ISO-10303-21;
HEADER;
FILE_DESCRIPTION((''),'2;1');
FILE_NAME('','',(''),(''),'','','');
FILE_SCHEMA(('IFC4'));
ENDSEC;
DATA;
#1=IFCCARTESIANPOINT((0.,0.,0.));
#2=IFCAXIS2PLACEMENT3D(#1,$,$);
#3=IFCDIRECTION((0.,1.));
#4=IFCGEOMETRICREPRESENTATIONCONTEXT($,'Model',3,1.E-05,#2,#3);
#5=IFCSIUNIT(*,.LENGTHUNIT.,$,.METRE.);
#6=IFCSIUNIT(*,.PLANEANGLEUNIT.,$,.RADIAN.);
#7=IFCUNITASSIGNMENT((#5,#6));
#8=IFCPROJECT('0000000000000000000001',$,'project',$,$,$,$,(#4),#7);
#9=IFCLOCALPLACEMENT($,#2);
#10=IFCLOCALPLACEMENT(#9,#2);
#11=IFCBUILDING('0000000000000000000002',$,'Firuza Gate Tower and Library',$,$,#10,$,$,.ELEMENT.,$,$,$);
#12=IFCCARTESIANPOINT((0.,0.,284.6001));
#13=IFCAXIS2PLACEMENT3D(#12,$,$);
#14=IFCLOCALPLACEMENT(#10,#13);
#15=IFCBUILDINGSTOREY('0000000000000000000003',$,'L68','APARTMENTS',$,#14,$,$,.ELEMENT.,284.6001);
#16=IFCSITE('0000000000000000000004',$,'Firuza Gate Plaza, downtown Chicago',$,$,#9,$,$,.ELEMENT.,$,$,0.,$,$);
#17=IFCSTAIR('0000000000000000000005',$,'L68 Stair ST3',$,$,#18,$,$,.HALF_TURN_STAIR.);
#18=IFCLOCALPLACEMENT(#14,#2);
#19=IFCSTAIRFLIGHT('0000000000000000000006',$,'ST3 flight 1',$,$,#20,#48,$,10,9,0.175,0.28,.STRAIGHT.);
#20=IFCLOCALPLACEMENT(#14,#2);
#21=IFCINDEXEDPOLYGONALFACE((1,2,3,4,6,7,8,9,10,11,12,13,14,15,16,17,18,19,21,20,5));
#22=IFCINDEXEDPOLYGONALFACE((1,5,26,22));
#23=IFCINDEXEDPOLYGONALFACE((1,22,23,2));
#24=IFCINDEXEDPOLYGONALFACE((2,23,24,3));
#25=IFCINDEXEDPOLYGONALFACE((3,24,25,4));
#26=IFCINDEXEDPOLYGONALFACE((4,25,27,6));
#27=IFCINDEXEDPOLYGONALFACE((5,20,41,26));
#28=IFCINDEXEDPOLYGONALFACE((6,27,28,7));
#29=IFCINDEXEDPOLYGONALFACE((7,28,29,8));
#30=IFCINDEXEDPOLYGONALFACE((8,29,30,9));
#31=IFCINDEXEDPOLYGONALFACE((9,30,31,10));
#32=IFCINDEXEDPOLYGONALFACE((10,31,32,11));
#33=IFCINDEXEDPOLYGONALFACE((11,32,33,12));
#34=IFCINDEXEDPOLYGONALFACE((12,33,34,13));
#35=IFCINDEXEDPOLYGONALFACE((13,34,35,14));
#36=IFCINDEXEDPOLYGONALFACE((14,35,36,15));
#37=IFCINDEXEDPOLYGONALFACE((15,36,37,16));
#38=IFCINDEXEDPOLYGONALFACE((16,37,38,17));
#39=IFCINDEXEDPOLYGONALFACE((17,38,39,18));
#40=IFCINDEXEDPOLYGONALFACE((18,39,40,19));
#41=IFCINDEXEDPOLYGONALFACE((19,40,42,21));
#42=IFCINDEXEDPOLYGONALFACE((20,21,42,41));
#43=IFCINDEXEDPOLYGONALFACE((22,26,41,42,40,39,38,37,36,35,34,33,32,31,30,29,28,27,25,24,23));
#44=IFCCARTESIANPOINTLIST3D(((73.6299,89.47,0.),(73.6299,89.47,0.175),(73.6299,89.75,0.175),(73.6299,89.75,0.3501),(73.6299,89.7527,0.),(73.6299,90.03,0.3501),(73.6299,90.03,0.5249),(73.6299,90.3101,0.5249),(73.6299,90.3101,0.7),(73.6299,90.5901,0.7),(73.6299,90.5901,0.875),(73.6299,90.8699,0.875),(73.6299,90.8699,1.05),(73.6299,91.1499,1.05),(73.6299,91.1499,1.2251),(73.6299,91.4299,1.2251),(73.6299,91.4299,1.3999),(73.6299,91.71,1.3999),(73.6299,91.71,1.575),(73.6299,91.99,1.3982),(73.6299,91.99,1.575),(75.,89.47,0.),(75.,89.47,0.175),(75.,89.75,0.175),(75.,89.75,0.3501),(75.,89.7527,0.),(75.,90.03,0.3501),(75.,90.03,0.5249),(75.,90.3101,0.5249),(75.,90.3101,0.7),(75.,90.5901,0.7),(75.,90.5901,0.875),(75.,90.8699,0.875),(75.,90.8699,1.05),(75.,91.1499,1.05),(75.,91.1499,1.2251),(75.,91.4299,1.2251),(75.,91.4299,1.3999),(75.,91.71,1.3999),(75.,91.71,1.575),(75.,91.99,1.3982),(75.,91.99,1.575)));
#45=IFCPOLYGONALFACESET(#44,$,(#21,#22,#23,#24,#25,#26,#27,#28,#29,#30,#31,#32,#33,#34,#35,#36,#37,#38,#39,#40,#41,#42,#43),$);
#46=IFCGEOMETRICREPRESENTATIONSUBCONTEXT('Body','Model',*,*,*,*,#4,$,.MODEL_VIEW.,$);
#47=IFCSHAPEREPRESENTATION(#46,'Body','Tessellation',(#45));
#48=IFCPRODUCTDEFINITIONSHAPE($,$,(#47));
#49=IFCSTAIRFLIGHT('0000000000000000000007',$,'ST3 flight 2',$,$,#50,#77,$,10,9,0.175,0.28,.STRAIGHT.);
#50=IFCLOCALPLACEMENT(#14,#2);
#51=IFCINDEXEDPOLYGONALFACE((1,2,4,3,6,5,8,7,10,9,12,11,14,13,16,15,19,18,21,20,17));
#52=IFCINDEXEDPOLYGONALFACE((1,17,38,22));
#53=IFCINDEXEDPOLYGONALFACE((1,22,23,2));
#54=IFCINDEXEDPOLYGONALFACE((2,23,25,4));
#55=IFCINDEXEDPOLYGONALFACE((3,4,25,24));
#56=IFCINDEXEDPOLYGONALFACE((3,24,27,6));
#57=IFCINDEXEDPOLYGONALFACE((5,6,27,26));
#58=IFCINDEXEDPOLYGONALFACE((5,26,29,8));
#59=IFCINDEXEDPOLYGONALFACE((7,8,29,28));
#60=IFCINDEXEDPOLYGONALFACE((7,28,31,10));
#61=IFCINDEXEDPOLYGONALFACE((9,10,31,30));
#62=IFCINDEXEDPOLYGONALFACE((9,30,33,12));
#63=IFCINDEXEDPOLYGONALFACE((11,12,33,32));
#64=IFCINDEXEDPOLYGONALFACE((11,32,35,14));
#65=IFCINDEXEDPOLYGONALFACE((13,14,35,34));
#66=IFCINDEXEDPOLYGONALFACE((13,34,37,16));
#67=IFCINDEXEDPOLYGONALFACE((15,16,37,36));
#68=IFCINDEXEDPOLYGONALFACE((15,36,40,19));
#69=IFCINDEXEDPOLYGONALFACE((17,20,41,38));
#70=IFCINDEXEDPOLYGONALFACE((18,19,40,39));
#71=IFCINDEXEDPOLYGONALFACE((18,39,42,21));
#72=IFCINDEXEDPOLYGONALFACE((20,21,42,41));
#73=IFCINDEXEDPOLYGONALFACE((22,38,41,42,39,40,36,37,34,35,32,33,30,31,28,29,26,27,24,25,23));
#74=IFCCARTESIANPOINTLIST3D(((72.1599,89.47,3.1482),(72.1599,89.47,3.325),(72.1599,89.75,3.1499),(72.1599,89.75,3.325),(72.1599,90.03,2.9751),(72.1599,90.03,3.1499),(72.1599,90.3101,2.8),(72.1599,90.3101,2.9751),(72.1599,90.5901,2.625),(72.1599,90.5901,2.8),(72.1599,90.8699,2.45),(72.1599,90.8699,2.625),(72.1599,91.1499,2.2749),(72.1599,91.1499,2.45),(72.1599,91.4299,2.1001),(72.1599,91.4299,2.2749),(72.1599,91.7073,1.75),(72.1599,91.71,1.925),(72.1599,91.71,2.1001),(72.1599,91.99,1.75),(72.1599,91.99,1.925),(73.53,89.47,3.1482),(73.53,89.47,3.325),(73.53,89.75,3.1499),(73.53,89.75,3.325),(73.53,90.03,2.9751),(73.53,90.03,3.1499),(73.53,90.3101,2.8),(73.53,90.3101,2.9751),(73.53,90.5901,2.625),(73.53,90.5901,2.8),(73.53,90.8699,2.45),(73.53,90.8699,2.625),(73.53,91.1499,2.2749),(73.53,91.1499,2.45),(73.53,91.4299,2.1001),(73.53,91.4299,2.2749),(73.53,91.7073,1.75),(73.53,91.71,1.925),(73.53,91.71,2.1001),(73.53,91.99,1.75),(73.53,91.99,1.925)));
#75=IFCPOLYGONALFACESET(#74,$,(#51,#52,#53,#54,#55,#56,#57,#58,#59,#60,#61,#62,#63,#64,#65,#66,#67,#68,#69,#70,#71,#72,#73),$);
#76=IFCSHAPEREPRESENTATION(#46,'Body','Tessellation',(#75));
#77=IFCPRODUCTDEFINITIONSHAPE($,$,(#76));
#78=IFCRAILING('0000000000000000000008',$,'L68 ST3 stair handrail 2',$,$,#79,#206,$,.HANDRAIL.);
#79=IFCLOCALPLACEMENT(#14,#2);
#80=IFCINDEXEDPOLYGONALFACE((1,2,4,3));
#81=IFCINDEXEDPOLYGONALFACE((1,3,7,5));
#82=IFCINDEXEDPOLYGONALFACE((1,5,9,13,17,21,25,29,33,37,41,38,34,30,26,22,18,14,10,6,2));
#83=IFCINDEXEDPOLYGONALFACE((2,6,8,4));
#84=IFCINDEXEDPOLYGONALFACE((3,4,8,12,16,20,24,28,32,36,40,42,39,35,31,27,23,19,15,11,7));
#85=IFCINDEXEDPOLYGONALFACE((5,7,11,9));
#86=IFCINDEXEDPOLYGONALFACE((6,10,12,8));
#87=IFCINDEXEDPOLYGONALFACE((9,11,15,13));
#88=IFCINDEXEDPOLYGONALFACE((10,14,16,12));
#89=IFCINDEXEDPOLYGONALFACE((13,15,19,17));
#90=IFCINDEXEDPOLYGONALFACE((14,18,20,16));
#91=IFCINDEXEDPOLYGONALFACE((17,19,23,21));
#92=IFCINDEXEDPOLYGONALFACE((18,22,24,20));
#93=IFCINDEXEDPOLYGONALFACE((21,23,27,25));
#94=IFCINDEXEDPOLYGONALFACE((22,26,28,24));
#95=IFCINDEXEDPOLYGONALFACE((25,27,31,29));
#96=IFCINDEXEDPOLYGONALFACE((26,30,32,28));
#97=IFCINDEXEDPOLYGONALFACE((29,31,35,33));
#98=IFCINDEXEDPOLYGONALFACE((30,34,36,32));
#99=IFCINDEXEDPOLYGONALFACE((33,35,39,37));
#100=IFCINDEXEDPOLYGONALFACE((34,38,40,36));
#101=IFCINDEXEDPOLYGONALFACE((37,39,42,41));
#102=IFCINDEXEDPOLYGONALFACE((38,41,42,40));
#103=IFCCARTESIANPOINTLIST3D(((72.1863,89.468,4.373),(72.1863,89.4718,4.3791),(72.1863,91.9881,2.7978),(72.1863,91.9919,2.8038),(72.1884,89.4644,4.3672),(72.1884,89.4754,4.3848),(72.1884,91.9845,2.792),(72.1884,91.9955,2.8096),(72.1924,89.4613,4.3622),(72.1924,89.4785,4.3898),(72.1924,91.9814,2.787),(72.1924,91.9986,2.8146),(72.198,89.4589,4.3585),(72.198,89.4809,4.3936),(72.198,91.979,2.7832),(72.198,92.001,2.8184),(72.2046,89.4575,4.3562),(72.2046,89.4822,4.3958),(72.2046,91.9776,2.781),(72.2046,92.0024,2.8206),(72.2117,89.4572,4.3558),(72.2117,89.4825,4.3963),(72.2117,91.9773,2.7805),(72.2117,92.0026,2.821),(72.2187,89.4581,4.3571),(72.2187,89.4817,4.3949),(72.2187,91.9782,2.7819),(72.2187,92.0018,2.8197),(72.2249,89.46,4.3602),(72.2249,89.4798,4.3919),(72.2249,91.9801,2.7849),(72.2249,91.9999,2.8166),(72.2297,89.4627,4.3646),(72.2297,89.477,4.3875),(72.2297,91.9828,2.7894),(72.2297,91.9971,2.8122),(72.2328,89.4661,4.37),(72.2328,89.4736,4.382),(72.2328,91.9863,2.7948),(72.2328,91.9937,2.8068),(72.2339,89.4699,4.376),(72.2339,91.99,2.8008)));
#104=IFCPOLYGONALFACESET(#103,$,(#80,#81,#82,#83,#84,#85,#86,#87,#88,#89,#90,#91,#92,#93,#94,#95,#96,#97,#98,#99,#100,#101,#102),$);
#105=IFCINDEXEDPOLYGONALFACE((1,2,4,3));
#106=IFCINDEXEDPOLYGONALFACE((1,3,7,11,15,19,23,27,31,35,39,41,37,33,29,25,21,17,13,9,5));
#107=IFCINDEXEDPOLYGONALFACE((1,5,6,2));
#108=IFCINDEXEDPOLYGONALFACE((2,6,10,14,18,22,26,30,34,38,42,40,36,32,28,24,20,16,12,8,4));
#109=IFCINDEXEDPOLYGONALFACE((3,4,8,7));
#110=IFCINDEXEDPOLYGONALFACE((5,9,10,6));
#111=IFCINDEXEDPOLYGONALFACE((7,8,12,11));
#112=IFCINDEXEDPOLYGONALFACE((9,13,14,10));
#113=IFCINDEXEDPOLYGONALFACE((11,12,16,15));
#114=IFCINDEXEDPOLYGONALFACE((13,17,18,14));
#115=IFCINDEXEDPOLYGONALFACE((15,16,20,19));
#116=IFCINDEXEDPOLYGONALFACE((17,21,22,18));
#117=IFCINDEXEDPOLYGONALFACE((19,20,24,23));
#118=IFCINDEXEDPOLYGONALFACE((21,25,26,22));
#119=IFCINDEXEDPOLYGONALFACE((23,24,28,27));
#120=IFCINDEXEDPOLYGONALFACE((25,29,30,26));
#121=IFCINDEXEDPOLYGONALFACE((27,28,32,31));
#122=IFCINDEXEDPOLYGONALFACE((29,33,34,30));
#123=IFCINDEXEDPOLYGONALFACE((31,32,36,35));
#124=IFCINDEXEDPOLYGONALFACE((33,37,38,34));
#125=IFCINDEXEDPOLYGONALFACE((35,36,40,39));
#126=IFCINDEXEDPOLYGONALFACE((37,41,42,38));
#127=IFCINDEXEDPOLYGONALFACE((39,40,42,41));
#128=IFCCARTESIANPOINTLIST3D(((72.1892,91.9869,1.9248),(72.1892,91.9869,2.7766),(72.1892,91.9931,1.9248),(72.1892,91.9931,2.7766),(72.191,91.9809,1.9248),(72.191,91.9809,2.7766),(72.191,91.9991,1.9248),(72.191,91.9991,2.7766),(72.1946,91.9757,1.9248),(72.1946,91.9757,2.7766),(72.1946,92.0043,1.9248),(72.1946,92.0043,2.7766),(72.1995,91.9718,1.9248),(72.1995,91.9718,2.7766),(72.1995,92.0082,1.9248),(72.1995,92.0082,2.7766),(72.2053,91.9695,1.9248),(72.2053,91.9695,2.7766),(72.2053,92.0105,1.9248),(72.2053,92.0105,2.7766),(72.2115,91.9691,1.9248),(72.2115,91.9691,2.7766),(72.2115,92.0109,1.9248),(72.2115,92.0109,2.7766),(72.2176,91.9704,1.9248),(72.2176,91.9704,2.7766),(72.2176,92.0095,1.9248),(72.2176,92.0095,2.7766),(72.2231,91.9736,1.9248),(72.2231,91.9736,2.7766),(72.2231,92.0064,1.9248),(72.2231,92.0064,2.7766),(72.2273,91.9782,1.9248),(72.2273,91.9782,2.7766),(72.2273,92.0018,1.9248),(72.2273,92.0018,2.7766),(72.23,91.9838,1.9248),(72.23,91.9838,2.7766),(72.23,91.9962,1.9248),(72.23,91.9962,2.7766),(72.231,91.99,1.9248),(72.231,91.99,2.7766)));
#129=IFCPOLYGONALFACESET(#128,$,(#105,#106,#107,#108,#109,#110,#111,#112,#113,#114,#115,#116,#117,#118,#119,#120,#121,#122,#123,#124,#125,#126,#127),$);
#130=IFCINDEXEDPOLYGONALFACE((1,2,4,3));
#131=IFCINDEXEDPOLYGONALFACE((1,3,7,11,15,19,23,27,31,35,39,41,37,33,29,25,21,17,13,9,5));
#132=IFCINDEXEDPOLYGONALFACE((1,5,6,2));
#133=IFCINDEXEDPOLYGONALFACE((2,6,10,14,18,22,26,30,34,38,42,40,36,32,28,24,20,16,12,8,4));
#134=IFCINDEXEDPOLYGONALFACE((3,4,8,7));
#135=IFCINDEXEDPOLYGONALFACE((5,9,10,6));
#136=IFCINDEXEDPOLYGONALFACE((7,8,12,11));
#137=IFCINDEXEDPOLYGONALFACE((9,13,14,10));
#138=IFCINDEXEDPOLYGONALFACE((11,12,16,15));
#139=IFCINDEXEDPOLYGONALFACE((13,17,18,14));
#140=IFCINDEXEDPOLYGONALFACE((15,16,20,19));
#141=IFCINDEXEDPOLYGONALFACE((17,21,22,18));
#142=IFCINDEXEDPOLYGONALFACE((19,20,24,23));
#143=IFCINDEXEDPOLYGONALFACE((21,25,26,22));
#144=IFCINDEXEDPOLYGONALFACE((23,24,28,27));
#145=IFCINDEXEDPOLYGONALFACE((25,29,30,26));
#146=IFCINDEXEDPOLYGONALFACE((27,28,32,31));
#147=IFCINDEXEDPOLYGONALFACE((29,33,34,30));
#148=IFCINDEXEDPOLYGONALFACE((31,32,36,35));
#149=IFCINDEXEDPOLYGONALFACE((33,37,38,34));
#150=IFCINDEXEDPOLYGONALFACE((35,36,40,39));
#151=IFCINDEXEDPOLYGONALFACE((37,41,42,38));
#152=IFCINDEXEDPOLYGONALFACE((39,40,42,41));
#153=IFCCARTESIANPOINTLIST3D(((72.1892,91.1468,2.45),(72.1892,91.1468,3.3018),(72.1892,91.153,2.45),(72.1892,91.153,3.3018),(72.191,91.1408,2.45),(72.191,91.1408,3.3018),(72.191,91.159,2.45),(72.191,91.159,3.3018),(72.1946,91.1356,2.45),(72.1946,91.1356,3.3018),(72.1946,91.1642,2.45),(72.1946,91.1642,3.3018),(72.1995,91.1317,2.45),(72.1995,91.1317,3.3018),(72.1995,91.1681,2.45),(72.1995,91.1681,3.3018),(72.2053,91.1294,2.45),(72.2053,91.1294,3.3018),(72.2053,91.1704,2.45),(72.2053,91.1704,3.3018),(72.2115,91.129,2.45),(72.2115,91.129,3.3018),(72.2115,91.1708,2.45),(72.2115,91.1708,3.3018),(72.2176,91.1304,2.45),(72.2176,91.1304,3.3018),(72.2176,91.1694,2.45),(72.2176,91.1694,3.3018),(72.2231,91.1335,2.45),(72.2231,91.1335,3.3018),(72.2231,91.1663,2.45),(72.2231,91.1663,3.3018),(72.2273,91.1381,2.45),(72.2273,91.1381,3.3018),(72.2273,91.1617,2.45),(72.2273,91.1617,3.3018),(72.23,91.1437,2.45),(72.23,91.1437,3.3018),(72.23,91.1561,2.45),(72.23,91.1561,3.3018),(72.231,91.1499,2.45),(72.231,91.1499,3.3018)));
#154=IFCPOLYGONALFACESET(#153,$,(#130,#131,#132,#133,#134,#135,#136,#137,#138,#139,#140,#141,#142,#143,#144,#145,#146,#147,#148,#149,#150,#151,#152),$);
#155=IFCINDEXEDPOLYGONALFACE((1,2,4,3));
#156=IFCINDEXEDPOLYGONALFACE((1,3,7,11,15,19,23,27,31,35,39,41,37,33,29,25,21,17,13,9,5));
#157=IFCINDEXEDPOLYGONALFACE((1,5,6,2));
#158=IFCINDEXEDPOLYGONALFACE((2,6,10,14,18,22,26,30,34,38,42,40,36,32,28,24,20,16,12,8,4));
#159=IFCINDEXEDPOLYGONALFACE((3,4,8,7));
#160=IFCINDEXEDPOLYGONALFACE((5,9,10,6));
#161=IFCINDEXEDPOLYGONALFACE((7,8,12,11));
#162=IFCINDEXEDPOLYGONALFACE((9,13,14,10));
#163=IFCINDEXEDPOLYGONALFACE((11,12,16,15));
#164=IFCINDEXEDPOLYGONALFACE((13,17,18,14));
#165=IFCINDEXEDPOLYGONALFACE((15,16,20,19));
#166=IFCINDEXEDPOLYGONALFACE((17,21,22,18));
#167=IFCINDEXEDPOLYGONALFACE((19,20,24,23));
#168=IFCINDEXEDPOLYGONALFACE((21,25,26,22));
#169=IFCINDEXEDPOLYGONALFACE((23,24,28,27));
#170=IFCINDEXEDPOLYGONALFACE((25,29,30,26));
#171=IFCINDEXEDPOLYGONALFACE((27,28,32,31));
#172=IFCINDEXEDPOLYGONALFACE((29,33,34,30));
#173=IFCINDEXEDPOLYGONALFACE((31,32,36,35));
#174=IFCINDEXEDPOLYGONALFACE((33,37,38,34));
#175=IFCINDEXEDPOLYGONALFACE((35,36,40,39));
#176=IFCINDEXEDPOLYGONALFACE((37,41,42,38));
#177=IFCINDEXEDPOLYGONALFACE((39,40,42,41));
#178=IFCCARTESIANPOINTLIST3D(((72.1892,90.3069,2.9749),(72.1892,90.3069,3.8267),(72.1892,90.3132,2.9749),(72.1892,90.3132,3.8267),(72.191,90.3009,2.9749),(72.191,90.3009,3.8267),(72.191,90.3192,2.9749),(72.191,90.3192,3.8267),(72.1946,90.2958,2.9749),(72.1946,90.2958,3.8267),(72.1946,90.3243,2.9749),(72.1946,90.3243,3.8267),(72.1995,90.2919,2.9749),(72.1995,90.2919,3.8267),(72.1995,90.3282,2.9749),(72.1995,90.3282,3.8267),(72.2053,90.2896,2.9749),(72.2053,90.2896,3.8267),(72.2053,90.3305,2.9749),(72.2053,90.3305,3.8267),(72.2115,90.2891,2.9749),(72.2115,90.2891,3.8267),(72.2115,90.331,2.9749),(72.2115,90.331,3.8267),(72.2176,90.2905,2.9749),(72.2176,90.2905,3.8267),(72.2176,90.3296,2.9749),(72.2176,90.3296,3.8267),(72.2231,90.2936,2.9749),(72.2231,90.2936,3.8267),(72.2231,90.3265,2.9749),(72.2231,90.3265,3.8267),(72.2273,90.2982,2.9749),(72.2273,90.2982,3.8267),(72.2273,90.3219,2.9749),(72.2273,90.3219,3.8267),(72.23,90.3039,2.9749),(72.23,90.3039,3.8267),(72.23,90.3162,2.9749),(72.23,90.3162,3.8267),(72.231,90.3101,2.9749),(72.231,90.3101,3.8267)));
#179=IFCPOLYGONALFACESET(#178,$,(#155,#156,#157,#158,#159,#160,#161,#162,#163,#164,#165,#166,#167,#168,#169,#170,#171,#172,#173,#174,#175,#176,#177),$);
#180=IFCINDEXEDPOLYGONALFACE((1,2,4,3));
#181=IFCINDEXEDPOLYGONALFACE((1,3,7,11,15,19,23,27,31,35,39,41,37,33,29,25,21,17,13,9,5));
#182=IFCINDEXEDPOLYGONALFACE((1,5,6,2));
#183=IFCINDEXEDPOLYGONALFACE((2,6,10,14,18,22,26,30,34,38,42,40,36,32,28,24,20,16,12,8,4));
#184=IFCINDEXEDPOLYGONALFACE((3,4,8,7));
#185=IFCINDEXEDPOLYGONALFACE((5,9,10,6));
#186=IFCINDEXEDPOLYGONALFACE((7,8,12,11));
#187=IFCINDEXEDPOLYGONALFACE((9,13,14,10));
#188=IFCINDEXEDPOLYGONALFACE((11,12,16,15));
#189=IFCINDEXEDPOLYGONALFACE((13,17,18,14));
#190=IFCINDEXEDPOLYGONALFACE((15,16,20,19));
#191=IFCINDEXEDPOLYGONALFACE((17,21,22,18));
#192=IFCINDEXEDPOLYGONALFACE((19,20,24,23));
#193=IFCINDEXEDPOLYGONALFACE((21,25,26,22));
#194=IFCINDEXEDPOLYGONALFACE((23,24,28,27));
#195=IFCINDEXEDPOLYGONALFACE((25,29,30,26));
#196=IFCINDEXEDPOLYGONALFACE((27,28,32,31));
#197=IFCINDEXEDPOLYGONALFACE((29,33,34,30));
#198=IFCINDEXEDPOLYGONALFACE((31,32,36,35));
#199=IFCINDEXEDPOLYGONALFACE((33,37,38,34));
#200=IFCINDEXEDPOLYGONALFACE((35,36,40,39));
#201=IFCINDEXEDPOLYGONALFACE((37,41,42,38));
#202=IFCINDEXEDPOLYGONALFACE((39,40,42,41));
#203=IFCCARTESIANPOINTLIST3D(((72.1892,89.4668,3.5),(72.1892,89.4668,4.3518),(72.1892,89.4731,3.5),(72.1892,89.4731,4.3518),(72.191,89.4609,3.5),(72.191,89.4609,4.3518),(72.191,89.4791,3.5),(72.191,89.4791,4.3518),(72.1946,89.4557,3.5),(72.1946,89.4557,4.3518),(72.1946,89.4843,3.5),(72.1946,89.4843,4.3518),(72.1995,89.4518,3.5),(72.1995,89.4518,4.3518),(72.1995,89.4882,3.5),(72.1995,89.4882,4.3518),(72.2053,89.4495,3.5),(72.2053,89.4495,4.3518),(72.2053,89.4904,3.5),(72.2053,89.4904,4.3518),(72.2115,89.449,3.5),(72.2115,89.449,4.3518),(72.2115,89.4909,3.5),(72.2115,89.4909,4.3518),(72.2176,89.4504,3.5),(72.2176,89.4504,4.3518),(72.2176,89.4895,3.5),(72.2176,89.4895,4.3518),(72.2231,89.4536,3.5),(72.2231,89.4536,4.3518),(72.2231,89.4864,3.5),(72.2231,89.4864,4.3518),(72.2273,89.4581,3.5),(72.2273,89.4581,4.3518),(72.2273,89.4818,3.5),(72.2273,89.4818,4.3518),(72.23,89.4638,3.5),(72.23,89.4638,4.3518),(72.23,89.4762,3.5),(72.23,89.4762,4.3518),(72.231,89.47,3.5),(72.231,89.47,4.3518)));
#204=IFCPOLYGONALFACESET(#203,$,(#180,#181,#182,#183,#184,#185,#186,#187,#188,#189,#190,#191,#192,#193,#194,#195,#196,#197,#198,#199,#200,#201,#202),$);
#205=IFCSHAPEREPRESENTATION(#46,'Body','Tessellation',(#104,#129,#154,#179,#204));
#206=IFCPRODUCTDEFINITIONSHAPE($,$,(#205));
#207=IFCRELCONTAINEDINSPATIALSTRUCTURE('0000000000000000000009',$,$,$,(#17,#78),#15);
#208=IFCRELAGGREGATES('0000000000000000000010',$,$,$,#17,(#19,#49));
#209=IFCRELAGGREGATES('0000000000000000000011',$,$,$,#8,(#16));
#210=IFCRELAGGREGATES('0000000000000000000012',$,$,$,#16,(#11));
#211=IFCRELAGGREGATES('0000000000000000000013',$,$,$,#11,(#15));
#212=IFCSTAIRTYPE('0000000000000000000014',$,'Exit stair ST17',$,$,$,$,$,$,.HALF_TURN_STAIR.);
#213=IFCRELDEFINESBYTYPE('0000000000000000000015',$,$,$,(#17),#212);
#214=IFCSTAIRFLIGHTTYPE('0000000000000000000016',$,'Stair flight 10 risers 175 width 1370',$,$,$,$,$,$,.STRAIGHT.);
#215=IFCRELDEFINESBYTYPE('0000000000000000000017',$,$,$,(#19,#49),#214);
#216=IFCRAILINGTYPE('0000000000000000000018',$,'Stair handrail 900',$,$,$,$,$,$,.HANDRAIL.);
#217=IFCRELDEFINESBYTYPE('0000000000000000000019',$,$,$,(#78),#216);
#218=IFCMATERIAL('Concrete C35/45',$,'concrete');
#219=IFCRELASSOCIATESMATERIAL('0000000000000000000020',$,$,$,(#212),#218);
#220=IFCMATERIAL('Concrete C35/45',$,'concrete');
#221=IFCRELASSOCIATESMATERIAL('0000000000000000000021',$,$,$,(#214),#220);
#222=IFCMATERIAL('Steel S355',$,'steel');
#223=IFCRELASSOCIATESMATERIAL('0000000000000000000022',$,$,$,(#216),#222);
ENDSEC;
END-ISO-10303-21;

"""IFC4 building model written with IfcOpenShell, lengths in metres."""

from ifc_helpers import new_model, si_unit, direction, frame, origin, origin_2d, place, context, subcontext, project, spatial, polyline, circle, outline, extrude, material, type_object, element, aggregate, save


model = new_model("IFC4")

# Units and contexts
model_context = context("Model", 3, precision=1e-05, world=origin(), true_north=direction((0.0, 1.0)))
body_context = subcontext(model_context, "Body", "Model", "MODEL_VIEW")
ifc_project = project(units=[si_unit("LENGTHUNIT", "METRE"), si_unit("PLANEANGLEUNIT", "RADIAN")], contexts=[model_context])

# Site, building, storey
site_placement = place(None, origin())
site = spatial("IfcSite", under=ifc_project, at=site_placement, Name="Firuza Gate Plaza, downtown Chicago", CompositionType="ELEMENT", RefElevation=0.0)
building_placement = place(site_placement, origin())
building = spatial("IfcBuilding", under=site, at=building_placement, Name="Firuza Gate Tower and Library", CompositionType="ELEMENT")
storey_placement = place(building_placement, frame((0.0, 0.0, 284.6001)))
storey = spatial("IfcBuildingStorey", under=building, at=storey_placement, Name="L68", Description="APARTMENTS", CompositionType="ELEMENT", Elevation=284.6001)

# Shared definitions
placement = place(storey_placement, origin())

# Stair, stair flights
ifc_material_1 = material(Name="Concrete C35/45", Category="concrete")
stair_type = type_object("IfcStairType", Name="Exit stair ST17", PredefinedType="HALF_TURN_STAIR", material=ifc_material_1)
stair = element("IfcStair", 1, at=placement, inside=storey, type_object=stair_type, Name="L68 Stair ST3", PredefinedType="HALF_TURN_STAIR")
ifc_material_2 = material(Name="Concrete C35/45", Category="concrete")
stair_flight_type = type_object("IfcStairFlightType", Name="Stair flight 10 risers 175 width 1370", PredefinedType="STRAIGHT", material=ifc_material_2)
stair_flight_1_placement = place(storey_placement, frame((74.3149, 89.47, 0.0), z_axis=(0.0, 0.0, 1.0), x_axis=(0.0, 1.0, 0.0)))
stair_flight_1 = element("IfcStairFlight", 2, at=stair_flight_1_placement, type_object=stair_flight_type, Name="ST3 flight 1", NumberOfRisers=10, NumberOfTreads=9, PredefinedType="STRAIGHT", RiserHeight=0.175, TreadLength=0.28, context=body_context, shape_type="SweptSolid", body=[
    extrude(outline(polyline([(0.0, 0.0), (0.0, 0.175), (0.28, 0.175), (0.28, 0.3501), (0.5601, 0.3501), (0.5601, 0.5249), (0.8401, 0.5249), (0.8401, 0.7), (1.1201, 0.7), (1.1201, 0.875), (1.3999, 0.875), (1.3999, 1.05), (1.6799, 1.05), (1.6799, 1.2251), (1.96, 1.2251), (1.96, 1.3999), (2.24, 1.3999), (2.24, 1.575), (2.52, 1.575), (2.52, 1.75), (2.52, 1.3982), (0.2827, 0.0), (0.0, 0.0)])), frame((0.0, 0.6851, 0.0), z_axis=(0.0, -1.0, 0.0), x_axis=(1.0, 0.0, 0.0)), (0.0, 0.0, 1.0), 1.3701),
])
stair_flight_2_placement = place(storey_placement, frame((72.845, 91.99, 1.75), z_axis=(0.0, 0.0, 1.0), x_axis=(0.0, -1.0, 0.0)))
stair_flight_2 = element("IfcStairFlight", 3, at=stair_flight_2_placement, type_object=stair_flight_type, Name="ST3 flight 2", NumberOfRisers=10, NumberOfTreads=9, PredefinedType="STRAIGHT", RiserHeight=0.175, TreadLength=0.28, context=body_context, shape_type="SweptSolid", body=[
    extrude(outline(polyline([(0.0, 0.0), (0.0, 0.175), (0.28, 0.175), (0.28, 0.3501), (0.5601, 0.3501), (0.5601, 0.5249), (0.8401, 0.5249), (0.8401, 0.7), (1.1201, 0.7), (1.1201, 0.875), (1.3999, 0.875), (1.3999, 1.05), (1.6799, 1.05), (1.6799, 1.2251), (1.96, 1.2251), (1.96, 1.3999), (2.24, 1.3999), (2.24, 1.575), (2.52, 1.575), (2.52, 1.75), (2.52, 1.3982), (0.2827, 0.0), (0.0, 0.0)])), frame((0.0, 0.6851, 0.0), z_axis=(0.0, -1.0, 0.0), x_axis=(1.0, 0.0, 0.0)), (0.0, 0.0, 1.0), 1.3701),
])
aggregate(stair, [stair_flight_1, stair_flight_2])

# Railing
ifc_material_3 = material(Name="Steel S355", Category="steel")
railing_type_1 = type_object("IfcRailingType", Name="Stair handrail 900", PredefinedType="HANDRAIL", material=ifc_material_3)
railing_1_placement = place(storey_placement, frame((72.21, 91.99, 1.9248)))
element("IfcRailing", 4, at=railing_1_placement, inside=storey, type_object=railing_type_1, Name="L68 ST3 stair handrail 2", PredefinedType="HANDRAIL", context=body_context, shape_type="SweptSolid", body=[
    extrude(circle(Radius=0.0239, at=origin_2d()), frame((0.0, 0.0, 0.876), z_axis=(0.0, -0.847971, 0.530043), x_axis=(1.0, 0.0, 0.0)), (0.0, 0.0, 1.0), 2.9719),
    extrude(circle(Radius=0.021, at=origin_2d()), origin(), (0.0, 0.0, 1.0), 0.8518),
    extrude(circle(Radius=0.021, at=origin_2d()), frame((0.0, -0.8401, 0.5251)), (0.0, 0.0, 1.0), 0.8518),
    extrude(circle(Radius=0.021, at=origin_2d()), frame((0.0, -1.6799, 1.05)), (0.0, 0.0, 1.0), 0.8518),
    extrude(circle(Radius=0.021, at=origin_2d()), frame((0.0, -2.52, 1.5752)), (0.0, 0.0, 1.0), 0.8518),
])

save(model, "model.ifc")
